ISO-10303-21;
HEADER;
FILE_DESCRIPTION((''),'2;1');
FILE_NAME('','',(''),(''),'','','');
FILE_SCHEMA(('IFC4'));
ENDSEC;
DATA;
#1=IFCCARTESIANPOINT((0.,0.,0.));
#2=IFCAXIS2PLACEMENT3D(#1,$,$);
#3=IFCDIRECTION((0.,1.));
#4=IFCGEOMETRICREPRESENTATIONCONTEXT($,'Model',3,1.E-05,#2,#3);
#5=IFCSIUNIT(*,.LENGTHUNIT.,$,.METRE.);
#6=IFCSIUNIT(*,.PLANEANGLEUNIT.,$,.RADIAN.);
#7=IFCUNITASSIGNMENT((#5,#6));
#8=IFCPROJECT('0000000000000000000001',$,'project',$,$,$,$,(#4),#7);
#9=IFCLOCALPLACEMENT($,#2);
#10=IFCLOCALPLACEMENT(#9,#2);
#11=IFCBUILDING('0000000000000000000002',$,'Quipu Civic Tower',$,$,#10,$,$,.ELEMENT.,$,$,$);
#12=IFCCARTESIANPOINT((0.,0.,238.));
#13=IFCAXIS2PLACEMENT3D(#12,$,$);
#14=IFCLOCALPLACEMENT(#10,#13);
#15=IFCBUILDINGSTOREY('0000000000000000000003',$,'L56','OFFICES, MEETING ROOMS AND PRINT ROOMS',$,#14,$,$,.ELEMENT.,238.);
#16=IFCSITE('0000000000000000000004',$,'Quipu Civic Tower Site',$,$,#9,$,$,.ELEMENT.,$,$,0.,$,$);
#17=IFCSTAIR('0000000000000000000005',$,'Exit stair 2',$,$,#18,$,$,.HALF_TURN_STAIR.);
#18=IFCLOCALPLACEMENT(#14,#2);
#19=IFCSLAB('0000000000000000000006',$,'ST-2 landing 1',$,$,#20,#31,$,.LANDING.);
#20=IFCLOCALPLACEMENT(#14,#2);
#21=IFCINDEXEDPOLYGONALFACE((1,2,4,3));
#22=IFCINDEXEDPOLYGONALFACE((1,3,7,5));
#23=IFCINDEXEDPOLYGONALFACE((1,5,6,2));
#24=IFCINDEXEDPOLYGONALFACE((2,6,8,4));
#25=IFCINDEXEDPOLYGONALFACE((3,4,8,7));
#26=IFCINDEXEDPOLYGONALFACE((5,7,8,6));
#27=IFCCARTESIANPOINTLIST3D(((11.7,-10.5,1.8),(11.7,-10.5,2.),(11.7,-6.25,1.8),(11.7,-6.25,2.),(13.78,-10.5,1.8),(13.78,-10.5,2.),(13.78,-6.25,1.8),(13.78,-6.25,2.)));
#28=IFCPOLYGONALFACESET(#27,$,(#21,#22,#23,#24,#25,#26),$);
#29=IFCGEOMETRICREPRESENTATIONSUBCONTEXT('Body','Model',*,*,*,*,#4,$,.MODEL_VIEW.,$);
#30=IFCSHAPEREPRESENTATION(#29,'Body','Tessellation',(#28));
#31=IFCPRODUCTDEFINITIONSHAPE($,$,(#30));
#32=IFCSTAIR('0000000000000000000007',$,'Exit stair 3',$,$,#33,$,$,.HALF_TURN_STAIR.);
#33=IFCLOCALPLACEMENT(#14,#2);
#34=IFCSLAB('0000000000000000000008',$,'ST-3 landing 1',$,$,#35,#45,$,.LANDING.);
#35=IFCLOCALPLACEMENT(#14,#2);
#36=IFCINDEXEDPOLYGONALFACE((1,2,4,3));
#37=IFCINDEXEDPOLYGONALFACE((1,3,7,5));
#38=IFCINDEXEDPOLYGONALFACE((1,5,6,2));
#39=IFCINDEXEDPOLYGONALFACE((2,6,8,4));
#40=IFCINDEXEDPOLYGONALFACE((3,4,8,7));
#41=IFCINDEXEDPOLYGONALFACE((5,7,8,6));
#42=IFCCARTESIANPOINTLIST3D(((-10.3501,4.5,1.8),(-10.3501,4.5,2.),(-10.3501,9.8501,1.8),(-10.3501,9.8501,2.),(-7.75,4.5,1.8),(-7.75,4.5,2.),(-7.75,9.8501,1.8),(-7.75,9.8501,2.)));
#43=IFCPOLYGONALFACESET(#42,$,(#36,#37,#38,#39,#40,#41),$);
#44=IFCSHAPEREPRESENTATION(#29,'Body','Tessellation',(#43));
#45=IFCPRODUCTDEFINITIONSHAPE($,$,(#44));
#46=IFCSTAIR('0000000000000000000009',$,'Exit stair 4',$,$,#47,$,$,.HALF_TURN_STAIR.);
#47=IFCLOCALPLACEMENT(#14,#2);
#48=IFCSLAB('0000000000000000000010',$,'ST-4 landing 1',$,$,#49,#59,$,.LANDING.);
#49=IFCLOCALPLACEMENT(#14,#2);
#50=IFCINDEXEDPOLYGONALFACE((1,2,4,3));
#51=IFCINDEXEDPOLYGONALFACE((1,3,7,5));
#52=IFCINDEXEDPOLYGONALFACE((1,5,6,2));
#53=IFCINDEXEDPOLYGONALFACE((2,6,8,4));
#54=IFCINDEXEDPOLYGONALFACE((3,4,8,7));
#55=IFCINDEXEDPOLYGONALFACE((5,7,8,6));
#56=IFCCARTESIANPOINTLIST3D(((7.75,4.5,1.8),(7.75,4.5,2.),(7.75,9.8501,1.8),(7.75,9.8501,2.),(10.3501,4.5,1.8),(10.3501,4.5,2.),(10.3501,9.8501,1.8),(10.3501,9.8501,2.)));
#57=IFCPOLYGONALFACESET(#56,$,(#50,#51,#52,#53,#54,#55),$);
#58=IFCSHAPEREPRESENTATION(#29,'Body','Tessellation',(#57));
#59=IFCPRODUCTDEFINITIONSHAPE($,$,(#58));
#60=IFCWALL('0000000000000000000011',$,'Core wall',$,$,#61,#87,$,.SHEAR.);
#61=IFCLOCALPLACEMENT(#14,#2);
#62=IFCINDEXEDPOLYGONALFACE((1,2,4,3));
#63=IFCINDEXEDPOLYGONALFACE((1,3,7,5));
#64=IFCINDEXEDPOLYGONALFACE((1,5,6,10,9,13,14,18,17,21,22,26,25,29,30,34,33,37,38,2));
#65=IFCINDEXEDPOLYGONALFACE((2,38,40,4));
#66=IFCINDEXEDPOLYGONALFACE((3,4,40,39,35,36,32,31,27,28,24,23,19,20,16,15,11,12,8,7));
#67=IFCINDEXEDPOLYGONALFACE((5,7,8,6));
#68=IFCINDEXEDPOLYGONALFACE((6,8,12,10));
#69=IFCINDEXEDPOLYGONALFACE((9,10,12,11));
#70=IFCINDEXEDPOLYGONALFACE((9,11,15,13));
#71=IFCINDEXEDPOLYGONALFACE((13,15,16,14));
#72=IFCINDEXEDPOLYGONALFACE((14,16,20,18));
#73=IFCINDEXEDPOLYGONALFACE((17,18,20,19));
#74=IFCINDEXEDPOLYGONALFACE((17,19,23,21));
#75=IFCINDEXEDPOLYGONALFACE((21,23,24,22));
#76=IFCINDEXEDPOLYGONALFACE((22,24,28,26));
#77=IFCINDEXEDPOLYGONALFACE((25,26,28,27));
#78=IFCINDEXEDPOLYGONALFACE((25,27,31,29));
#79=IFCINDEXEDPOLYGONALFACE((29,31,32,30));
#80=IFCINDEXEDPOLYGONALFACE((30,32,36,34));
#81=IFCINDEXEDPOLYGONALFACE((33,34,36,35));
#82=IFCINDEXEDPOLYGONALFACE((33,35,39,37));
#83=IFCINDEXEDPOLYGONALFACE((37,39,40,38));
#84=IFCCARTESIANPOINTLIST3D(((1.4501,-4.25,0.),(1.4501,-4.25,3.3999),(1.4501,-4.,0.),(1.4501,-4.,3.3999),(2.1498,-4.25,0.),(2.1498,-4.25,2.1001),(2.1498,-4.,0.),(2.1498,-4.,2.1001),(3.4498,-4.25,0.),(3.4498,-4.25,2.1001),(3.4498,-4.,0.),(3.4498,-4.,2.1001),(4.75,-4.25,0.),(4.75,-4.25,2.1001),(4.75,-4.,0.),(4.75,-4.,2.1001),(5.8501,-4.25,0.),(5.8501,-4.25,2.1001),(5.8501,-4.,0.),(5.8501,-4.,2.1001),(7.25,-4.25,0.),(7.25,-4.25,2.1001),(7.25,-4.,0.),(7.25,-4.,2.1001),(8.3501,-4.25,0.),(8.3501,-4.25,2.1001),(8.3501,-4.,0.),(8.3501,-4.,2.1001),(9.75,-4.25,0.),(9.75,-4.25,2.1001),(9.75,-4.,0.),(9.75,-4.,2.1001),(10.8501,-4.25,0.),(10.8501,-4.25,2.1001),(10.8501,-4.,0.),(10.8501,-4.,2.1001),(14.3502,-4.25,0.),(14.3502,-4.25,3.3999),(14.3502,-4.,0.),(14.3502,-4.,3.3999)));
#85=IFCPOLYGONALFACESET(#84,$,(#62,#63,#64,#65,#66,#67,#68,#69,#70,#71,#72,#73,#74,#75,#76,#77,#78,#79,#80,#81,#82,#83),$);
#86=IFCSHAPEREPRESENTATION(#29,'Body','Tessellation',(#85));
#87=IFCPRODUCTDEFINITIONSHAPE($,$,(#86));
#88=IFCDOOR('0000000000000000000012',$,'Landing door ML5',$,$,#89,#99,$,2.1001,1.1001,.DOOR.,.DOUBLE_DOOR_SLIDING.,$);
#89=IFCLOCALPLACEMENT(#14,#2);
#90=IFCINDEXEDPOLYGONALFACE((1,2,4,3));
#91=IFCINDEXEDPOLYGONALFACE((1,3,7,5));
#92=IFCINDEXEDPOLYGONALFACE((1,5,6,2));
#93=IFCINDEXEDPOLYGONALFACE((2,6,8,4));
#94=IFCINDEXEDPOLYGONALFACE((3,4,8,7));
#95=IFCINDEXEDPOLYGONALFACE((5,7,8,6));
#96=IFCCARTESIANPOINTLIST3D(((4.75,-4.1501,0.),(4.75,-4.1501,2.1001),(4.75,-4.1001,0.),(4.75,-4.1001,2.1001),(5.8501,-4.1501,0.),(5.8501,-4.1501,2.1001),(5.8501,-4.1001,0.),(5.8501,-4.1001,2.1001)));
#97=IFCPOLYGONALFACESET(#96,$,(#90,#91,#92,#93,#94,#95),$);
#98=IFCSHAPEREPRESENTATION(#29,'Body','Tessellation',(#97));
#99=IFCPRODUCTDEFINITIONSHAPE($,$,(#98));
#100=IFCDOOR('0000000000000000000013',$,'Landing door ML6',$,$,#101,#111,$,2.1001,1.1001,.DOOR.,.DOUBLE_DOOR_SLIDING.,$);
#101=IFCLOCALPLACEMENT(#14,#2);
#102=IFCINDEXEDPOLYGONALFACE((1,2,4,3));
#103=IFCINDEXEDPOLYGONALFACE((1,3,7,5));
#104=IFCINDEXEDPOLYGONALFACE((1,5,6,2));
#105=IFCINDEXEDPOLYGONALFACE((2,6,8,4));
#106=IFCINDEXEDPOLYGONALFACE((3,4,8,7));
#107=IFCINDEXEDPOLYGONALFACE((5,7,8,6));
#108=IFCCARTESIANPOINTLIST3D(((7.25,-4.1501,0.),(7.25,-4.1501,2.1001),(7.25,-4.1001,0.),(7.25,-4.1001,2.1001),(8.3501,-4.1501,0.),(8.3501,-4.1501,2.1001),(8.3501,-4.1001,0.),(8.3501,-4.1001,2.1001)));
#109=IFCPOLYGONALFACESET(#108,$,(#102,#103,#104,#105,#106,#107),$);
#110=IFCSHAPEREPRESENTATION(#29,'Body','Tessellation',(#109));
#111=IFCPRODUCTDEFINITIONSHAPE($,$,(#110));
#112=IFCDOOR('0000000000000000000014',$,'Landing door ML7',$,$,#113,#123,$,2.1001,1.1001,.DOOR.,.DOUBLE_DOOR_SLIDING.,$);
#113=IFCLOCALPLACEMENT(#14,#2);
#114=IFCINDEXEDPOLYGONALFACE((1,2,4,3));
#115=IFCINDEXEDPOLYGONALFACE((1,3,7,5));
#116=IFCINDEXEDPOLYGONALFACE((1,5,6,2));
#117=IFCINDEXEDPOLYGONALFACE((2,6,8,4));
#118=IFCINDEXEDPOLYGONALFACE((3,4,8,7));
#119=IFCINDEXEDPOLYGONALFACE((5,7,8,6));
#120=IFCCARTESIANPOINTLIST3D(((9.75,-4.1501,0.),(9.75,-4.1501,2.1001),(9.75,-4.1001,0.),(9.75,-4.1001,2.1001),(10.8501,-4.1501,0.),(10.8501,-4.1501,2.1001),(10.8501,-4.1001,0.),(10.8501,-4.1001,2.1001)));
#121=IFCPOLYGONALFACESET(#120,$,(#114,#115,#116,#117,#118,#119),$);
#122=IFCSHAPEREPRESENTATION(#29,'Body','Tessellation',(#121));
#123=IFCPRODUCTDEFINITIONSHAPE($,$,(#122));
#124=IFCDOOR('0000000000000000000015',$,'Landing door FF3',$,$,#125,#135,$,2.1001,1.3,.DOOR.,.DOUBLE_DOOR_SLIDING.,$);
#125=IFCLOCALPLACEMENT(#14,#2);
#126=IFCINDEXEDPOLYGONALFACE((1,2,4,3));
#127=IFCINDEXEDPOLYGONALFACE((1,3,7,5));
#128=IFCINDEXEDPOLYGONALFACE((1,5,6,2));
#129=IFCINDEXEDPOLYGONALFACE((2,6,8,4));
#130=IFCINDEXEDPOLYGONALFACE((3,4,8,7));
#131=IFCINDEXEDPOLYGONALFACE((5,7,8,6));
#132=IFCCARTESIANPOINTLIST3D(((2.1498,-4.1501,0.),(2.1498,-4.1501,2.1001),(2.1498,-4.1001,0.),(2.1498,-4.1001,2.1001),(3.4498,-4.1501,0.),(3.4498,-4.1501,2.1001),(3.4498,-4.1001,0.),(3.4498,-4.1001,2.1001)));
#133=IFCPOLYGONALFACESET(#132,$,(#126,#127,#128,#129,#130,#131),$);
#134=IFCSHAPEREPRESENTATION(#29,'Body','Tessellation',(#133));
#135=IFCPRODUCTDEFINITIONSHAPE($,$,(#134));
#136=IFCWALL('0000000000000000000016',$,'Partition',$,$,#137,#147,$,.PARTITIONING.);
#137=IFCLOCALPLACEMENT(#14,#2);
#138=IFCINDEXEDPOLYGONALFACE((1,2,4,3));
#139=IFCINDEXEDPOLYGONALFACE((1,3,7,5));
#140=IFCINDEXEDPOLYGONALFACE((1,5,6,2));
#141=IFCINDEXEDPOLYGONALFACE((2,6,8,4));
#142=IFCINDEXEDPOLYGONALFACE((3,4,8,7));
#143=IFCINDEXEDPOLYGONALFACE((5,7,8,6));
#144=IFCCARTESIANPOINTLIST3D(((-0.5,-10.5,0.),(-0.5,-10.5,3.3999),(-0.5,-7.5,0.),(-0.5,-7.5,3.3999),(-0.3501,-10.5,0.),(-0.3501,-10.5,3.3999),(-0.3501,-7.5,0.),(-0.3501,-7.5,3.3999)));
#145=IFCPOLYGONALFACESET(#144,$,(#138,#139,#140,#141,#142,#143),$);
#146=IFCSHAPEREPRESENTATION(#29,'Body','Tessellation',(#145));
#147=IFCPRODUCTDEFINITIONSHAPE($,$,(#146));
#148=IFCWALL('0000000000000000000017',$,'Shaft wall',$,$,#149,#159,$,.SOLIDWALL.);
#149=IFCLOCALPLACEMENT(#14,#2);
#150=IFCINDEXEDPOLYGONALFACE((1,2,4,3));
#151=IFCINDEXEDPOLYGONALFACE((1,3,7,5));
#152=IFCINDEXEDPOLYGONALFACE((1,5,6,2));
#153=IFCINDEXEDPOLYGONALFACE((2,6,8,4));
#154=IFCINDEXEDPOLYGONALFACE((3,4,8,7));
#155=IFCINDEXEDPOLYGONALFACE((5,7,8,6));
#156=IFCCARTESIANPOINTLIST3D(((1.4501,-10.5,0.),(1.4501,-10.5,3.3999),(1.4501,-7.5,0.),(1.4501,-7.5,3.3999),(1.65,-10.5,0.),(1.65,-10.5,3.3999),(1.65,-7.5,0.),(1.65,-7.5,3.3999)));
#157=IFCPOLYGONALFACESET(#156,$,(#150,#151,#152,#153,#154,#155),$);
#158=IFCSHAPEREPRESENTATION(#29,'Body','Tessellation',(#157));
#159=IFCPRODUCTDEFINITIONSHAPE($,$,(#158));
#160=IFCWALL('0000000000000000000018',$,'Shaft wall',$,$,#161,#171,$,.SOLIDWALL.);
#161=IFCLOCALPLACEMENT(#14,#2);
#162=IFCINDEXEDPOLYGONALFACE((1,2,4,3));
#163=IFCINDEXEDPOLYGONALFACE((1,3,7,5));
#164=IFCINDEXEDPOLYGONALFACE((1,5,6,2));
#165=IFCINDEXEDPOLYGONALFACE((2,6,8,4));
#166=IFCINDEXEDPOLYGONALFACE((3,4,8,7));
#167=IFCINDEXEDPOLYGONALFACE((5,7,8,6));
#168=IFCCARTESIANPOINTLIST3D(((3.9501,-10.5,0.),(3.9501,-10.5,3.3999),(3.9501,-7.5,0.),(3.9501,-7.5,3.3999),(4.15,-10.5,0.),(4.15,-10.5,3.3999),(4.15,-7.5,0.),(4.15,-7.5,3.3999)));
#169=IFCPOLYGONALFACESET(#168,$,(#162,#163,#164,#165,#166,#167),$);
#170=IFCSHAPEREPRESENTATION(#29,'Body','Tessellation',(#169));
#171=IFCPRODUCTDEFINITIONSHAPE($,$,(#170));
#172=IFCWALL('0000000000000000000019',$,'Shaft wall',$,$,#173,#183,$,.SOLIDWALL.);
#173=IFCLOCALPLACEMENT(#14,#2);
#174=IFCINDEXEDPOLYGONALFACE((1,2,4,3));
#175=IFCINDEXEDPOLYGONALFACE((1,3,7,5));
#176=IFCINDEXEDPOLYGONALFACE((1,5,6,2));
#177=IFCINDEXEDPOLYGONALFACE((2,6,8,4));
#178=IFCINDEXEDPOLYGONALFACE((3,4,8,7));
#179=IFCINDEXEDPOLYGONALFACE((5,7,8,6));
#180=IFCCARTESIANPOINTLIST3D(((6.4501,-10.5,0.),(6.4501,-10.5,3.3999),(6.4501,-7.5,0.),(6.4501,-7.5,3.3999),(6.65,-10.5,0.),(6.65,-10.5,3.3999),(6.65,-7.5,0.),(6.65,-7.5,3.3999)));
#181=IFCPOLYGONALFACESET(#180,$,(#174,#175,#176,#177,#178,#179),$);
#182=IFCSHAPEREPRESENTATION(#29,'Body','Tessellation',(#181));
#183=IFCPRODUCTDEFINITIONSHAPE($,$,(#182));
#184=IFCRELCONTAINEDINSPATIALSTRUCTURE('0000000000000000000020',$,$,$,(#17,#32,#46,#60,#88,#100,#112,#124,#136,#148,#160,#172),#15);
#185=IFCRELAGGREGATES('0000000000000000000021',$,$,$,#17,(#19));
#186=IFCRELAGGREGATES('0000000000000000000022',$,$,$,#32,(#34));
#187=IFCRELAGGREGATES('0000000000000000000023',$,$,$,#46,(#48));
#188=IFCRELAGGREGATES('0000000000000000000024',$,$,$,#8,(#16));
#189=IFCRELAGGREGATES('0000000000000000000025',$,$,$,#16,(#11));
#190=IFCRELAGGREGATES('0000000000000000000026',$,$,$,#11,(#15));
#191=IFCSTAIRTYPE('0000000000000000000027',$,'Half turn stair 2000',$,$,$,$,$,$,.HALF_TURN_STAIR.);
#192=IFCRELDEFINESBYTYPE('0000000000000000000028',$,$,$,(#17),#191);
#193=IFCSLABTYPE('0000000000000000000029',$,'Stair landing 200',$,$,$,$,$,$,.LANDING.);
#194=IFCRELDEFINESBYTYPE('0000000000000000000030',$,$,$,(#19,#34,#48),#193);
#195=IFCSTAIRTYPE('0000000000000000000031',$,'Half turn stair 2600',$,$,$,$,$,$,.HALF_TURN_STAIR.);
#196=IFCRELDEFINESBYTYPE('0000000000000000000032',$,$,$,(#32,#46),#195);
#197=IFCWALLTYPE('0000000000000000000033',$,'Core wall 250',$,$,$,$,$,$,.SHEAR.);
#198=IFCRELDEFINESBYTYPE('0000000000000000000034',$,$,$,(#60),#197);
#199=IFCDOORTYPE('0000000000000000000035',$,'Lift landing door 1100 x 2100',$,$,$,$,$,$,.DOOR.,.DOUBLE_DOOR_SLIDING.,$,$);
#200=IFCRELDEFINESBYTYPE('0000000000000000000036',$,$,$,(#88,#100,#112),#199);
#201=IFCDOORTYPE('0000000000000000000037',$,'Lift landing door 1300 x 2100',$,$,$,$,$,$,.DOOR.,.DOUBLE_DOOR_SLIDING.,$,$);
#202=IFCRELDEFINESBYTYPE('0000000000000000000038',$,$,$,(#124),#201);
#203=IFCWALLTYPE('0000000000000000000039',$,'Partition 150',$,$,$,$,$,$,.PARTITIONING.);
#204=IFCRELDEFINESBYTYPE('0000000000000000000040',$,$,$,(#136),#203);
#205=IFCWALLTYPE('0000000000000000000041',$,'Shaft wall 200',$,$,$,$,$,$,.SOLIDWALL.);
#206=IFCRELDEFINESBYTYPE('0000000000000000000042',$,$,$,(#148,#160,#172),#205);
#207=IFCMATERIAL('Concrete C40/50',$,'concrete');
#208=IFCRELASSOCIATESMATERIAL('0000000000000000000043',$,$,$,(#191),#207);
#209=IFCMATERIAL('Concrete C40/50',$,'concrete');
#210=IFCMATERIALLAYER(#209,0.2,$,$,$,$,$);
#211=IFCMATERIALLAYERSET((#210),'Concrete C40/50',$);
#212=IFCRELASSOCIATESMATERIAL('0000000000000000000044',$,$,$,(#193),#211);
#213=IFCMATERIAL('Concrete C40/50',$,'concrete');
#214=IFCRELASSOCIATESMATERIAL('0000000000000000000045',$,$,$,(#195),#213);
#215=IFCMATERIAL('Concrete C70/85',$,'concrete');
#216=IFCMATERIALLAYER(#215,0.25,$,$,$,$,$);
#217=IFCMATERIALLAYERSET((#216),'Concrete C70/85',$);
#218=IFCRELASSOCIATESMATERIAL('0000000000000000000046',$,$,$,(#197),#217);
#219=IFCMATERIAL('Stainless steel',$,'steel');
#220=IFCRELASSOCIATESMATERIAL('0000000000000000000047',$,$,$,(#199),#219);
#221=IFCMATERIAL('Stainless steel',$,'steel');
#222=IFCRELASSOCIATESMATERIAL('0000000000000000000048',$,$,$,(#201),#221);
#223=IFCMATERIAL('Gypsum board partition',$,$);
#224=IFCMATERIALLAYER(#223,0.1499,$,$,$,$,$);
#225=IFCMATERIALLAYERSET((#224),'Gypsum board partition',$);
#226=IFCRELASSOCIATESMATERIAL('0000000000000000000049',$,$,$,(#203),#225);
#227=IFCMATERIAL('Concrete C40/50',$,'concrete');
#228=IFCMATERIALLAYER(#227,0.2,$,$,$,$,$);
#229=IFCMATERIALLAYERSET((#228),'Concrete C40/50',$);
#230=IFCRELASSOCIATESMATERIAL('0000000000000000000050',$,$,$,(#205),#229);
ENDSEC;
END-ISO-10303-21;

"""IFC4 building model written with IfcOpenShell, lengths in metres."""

from ifc_helpers import new_model, si_unit, direction, frame, frame_2d, origin, place, context, subcontext, project, spatial, polyline, rectangle, outline, extrude, material, layer, layer_set, type_object, element, fill, aggregate, save


model = new_model("IFC4")

# Units and contexts
model_context = context("Model", 3, precision=1e-05, world=origin(), true_north=direction((0.0, 1.0)))
body_context = subcontext(model_context, "Body", "Model", "MODEL_VIEW")
ifc_project = project(units=[si_unit("LENGTHUNIT", "METRE"), si_unit("PLANEANGLEUNIT", "RADIAN")], contexts=[model_context])

# Site, building, storey
site_placement = place(None, origin())
site = spatial("IfcSite", under=ifc_project, at=site_placement, Name="Quipu Civic Tower Site", CompositionType="ELEMENT", RefElevation=0.0)
building_placement = place(site_placement, origin())
building = spatial("IfcBuilding", under=site, at=building_placement, Name="Quipu Civic Tower", CompositionType="ELEMENT")
storey_placement = place(building_placement, frame((0.0, 0.0, 238.0)))
storey = spatial("IfcBuildingStorey", under=building, at=storey_placement, Name="L56", Description="OFFICES, MEETING ROOMS AND PRINT ROOMS", CompositionType="ELEMENT", Elevation=238.0)

# Stairs, slabs
ifc_material_1 = material(Name="Concrete C40/50", Category="concrete")
stair_type_1 = type_object("IfcStairType", Name="Half turn stair 2000", PredefinedType="HALF_TURN_STAIR", material=ifc_material_1)
ifc_material_2 = material(Name="Concrete C40/50", Category="concrete")
ifc_layer_1 = layer(ifc_material_2, 0.2)
ifc_layer_set_1 = layer_set([ifc_layer_1], Name="Concrete C40/50")
slab_type_1 = type_object("IfcSlabType", Name="Stair landing 200", PredefinedType="LANDING", material=ifc_layer_set_1)
stair_1_placement = place(storey_placement, origin())
stair_1 = element("IfcStair", 1, at=stair_1_placement, inside=storey, type_object=stair_type_1, Name="Exit stair 2", PredefinedType="HALF_TURN_STAIR")
slab_1_placement = place(storey_placement, frame((0.0, 0.0, 1.8)))
slab_1 = element("IfcSlab", 2, at=slab_1_placement, type_object=slab_type_1, Name="ST-2 landing 1", PredefinedType="LANDING", context=body_context, shape_type="SweptSolid", body=[
    extrude(outline(polyline([(13.78, -6.25), (11.7, -6.25), (11.7, -10.5), (13.78, -10.5), (13.78, -6.25)])), origin(), (0.0, 0.0, 1.0), 0.2),
])
aggregate(stair_1, [slab_1])
ifc_material_3 = material(Name="Concrete C40/50", Category="concrete")
stair_type_2 = type_object("IfcStairType", Name="Half turn stair 2600", PredefinedType="HALF_TURN_STAIR", material=ifc_material_3)
stair_2_placement = place(storey_placement, origin())
stair_2 = element("IfcStair", 3, at=stair_2_placement, inside=storey, type_object=stair_type_2, Name="Exit stair 3", PredefinedType="HALF_TURN_STAIR")
slab_2_placement = place(storey_placement, frame((0.0, 0.0, 1.8)))
slab_2 = element("IfcSlab", 4, at=slab_2_placement, type_object=slab_type_1, Name="ST-3 landing 1", PredefinedType="LANDING", context=body_context, shape_type="SweptSolid", body=[
    extrude(outline(polyline([(-10.3501, 4.5), (-7.75, 4.5), (-7.75, 9.8501), (-10.3501, 9.8501), (-10.3501, 4.5)])), origin(), (0.0, 0.0, 1.0), 0.2),
])
aggregate(stair_2, [slab_2])
stair_3_placement = place(storey_placement, origin())
stair_3 = element("IfcStair", 5, at=stair_3_placement, inside=storey, type_object=stair_type_2, Name="Exit stair 4", PredefinedType="HALF_TURN_STAIR")
slab_3_placement = place(storey_placement, frame((0.0, 0.0, 1.8)))
slab_3 = element("IfcSlab", 6, at=slab_3_placement, type_object=slab_type_1, Name="ST-4 landing 1", PredefinedType="LANDING", context=body_context, shape_type="SweptSolid", body=[
    extrude(outline(polyline([(10.3501, 9.8501), (7.75, 9.8501), (7.75, 4.5), (10.3501, 4.5), (10.3501, 9.8501)])), origin(), (0.0, 0.0, 1.0), 0.2),
])
aggregate(stair_3, [slab_3])

# Wall, openings, doors
ifc_material_4 = material(Name="Concrete C70/85", Category="concrete")
ifc_layer_2 = layer(ifc_material_4, 0.25)
ifc_layer_set_2 = layer_set([ifc_layer_2], Name="Concrete C70/85")
wall_type_1 = type_object("IfcWallType", Name="Core wall 250", PredefinedType="SHEAR", material=ifc_layer_set_2)
wall_1_placement = place(storey_placement, frame((1.45, -4.125, 0.0), z_axis=(0.0, 0.0, 1.0), x_axis=(1.0, 0.0, 0.0)))
wall_1 = element("IfcWall", 7, at=wall_1_placement, inside=storey, type_object=wall_type_1, Name="Core wall", PredefinedType="SHEAR", context=body_context, shape_type="SweptSolid", body=[
    extrude(rectangle(XDim=12.9001, YDim=0.25, at=frame_2d((6.4502, 0.0))), origin(), (0.0, 0.0, 1.0), 3.3999),
])
opening_1_placement = place(wall_1_placement, frame((0.7, 0.0, 0.0)))
opening_1 = element("IfcOpeningElement", 8, at=opening_1_placement, cuts=wall_1, PredefinedType="OPENING", context=body_context, shape_type="SweptSolid", body=[
    extrude(rectangle(XDim=1.3, YDim=2.1001, at=frame_2d((0.6499, 1.05))), frame((0.0, 0.135, 0.0), z_axis=(0.0, -1.0, 0.0), x_axis=(1.0, 0.0, 0.0)), (0.0, 0.0, 1.0), 0.27),
])
opening_2_placement = place(wall_1_placement, frame((3.3, 0.0, 0.0)))
opening_2 = element("IfcOpeningElement", 9, at=opening_2_placement, cuts=wall_1, PredefinedType="OPENING", context=body_context, shape_type="SweptSolid", body=[
    extrude(rectangle(XDim=1.1001, YDim=2.1001, at=frame_2d((0.55, 1.05))), frame((0.0, 0.135, 0.0), z_axis=(0.0, -1.0, 0.0), x_axis=(1.0, 0.0, 0.0)), (0.0, 0.0, 1.0), 0.27),
])
opening_3_placement = place(wall_1_placement, frame((5.8, 0.0, 0.0)))
opening_3 = element("IfcOpeningElement", 10, at=opening_3_placement, cuts=wall_1, PredefinedType="OPENING", context=body_context, shape_type="SweptSolid", body=[
    extrude(rectangle(XDim=1.1001, YDim=2.1001, at=frame_2d((0.55, 1.05))), frame((0.0, 0.135, 0.0), z_axis=(0.0, -1.0, 0.0), x_axis=(1.0, 0.0, 0.0)), (0.0, 0.0, 1.0), 0.27),
])
opening_4_placement = place(wall_1_placement, frame((8.3, 0.0, 0.0)))
opening_4 = element("IfcOpeningElement", 11, at=opening_4_placement, cuts=wall_1, PredefinedType="OPENING", context=body_context, shape_type="SweptSolid", body=[
    extrude(rectangle(XDim=1.1001, YDim=2.1001, at=frame_2d((0.55, 1.05))), frame((0.0, 0.135, 0.0), z_axis=(0.0, -1.0, 0.0), x_axis=(1.0, 0.0, 0.0)), (0.0, 0.0, 1.0), 0.27),
])
ifc_material_5 = material(Name="Stainless steel", Category="steel")
door_type_1 = type_object("IfcDoorType", Name="Lift landing door 1100 x 2100", OperationType="DOUBLE_DOOR_SLIDING", PredefinedType="DOOR", material=ifc_material_5)
door_1_placement = place(opening_2_placement, origin())
door_1 = element("IfcDoor", 12, at=door_1_placement, inside=storey, type_object=door_type_1, Name="Landing door ML5", OperationType="DOUBLE_DOOR_SLIDING", OverallHeight=2.1001, OverallWidth=1.1001, PredefinedType="DOOR", context=body_context, shape_type="SweptSolid", body=[
    extrude(rectangle(XDim=1.1001, YDim=2.1001, at=frame_2d((0.55, 1.05))), frame((0.0, 0.0249, 0.0), z_axis=(0.0, -1.0, 0.0), x_axis=(1.0, 0.0, 0.0)), (0.0, 0.0, 1.0), 0.05),
])
fill(opening_2, door_1)
door_2_placement = place(opening_3_placement, origin())
door_2 = element("IfcDoor", 13, at=door_2_placement, inside=storey, type_object=door_type_1, Name="Landing door ML6", OperationType="DOUBLE_DOOR_SLIDING", OverallHeight=2.1001, OverallWidth=1.1001, PredefinedType="DOOR", context=body_context, shape_type="SweptSolid", body=[
    extrude(rectangle(XDim=1.1001, YDim=2.1001, at=frame_2d((0.55, 1.05))), frame((0.0, 0.0249, 0.0), z_axis=(0.0, -1.0, 0.0), x_axis=(1.0, 0.0, 0.0)), (0.0, 0.0, 1.0), 0.05),
])
fill(opening_3, door_2)
door_3_placement = place(opening_4_placement, origin())
door_3 = element("IfcDoor", 14, at=door_3_placement, inside=storey, type_object=door_type_1, Name="Landing door ML7", OperationType="DOUBLE_DOOR_SLIDING", OverallHeight=2.1001, OverallWidth=1.1001, PredefinedType="DOOR", context=body_context, shape_type="SweptSolid", body=[
    extrude(rectangle(XDim=1.1001, YDim=2.1001, at=frame_2d((0.55, 1.05))), frame((0.0, 0.0249, 0.0), z_axis=(0.0, -1.0, 0.0), x_axis=(1.0, 0.0, 0.0)), (0.0, 0.0, 1.0), 0.05),
])
fill(opening_4, door_3)
ifc_material_6 = material(Name="Stainless steel", Category="steel")
door_type_2 = type_object("IfcDoorType", Name="Lift landing door 1300 x 2100", OperationType="DOUBLE_DOOR_SLIDING", PredefinedType="DOOR", material=ifc_material_6)
door_4_placement = place(opening_1_placement, origin())
door_4 = element("IfcDoor", 15, at=door_4_placement, inside=storey, type_object=door_type_2, Name="Landing door FF3", OperationType="DOUBLE_DOOR_SLIDING", OverallHeight=2.1001, OverallWidth=1.3, PredefinedType="DOOR", context=body_context, shape_type="SweptSolid", body=[
    extrude(rectangle(XDim=1.3, YDim=2.1001, at=frame_2d((0.6499, 1.05))), frame((0.0, 0.0249, 0.0), z_axis=(0.0, -1.0, 0.0), x_axis=(1.0, 0.0, 0.0)), (0.0, 0.0, 1.0), 0.05),
])
fill(opening_1, door_4)

# Walls
ifc_material_7 = material(Name="Gypsum board partition")
ifc_layer_3 = layer(ifc_material_7, 0.1499)
ifc_layer_set_3 = layer_set([ifc_layer_3], Name="Gypsum board partition")
wall_type_2 = type_object("IfcWallType", Name="Partition 150", PredefinedType="PARTITIONING", material=ifc_layer_set_3)
wall_2_placement = place(storey_placement, frame((-0.425, -10.5, 0.0), z_axis=(0.0, 0.0, 1.0), x_axis=(0.0, 1.0, 0.0)))
element("IfcWall", 16, at=wall_2_placement, inside=storey, type_object=wall_type_2, Name="Partition", PredefinedType="PARTITIONING", context=body_context, shape_type="SweptSolid", body=[
    extrude(rectangle(XDim=3.0, YDim=0.1499, at=frame_2d((1.5, 0.0))), origin(), (0.0, 0.0, 1.0), 3.3999),
])
ifc_material_8 = material(Name="Concrete C40/50", Category="concrete")
ifc_layer_4 = layer(ifc_material_8, 0.2)
ifc_layer_set_4 = layer_set([ifc_layer_4], Name="Concrete C40/50")
wall_type_3 = type_object("IfcWallType", Name="Shaft wall 200", PredefinedType="SOLIDWALL", material=ifc_layer_set_4)
for number, where, z_axis, x_axis, name in (
    (17, (1.55, -10.5, 0.0), (0.0, 0.0, 1.0), (0.0, 1.0, 0.0), "Shaft wall"),
    (18, (4.05, -10.5, 0.0), (0.0, 0.0, 1.0), (0.0, 1.0, 0.0), "Shaft wall"),
    (19, (6.55, -10.5, 0.0), (0.0, 0.0, 1.0), (0.0, 1.0, 0.0), "Shaft wall"),
):
    element("IfcWall", number, at=place(storey_placement, frame(where, z_axis=z_axis, x_axis=x_axis)), inside=storey, type_object=wall_type_3, Name=name, PredefinedType="SOLIDWALL", context=body_context, shape_type="SweptSolid", body=[
        extrude(rectangle(XDim=3.0, YDim=0.2, at=frame_2d((1.5, 0.0))), origin(), (0.0, 0.0, 1.0), 3.3999),
    ])

save(model, "model.ifc")
